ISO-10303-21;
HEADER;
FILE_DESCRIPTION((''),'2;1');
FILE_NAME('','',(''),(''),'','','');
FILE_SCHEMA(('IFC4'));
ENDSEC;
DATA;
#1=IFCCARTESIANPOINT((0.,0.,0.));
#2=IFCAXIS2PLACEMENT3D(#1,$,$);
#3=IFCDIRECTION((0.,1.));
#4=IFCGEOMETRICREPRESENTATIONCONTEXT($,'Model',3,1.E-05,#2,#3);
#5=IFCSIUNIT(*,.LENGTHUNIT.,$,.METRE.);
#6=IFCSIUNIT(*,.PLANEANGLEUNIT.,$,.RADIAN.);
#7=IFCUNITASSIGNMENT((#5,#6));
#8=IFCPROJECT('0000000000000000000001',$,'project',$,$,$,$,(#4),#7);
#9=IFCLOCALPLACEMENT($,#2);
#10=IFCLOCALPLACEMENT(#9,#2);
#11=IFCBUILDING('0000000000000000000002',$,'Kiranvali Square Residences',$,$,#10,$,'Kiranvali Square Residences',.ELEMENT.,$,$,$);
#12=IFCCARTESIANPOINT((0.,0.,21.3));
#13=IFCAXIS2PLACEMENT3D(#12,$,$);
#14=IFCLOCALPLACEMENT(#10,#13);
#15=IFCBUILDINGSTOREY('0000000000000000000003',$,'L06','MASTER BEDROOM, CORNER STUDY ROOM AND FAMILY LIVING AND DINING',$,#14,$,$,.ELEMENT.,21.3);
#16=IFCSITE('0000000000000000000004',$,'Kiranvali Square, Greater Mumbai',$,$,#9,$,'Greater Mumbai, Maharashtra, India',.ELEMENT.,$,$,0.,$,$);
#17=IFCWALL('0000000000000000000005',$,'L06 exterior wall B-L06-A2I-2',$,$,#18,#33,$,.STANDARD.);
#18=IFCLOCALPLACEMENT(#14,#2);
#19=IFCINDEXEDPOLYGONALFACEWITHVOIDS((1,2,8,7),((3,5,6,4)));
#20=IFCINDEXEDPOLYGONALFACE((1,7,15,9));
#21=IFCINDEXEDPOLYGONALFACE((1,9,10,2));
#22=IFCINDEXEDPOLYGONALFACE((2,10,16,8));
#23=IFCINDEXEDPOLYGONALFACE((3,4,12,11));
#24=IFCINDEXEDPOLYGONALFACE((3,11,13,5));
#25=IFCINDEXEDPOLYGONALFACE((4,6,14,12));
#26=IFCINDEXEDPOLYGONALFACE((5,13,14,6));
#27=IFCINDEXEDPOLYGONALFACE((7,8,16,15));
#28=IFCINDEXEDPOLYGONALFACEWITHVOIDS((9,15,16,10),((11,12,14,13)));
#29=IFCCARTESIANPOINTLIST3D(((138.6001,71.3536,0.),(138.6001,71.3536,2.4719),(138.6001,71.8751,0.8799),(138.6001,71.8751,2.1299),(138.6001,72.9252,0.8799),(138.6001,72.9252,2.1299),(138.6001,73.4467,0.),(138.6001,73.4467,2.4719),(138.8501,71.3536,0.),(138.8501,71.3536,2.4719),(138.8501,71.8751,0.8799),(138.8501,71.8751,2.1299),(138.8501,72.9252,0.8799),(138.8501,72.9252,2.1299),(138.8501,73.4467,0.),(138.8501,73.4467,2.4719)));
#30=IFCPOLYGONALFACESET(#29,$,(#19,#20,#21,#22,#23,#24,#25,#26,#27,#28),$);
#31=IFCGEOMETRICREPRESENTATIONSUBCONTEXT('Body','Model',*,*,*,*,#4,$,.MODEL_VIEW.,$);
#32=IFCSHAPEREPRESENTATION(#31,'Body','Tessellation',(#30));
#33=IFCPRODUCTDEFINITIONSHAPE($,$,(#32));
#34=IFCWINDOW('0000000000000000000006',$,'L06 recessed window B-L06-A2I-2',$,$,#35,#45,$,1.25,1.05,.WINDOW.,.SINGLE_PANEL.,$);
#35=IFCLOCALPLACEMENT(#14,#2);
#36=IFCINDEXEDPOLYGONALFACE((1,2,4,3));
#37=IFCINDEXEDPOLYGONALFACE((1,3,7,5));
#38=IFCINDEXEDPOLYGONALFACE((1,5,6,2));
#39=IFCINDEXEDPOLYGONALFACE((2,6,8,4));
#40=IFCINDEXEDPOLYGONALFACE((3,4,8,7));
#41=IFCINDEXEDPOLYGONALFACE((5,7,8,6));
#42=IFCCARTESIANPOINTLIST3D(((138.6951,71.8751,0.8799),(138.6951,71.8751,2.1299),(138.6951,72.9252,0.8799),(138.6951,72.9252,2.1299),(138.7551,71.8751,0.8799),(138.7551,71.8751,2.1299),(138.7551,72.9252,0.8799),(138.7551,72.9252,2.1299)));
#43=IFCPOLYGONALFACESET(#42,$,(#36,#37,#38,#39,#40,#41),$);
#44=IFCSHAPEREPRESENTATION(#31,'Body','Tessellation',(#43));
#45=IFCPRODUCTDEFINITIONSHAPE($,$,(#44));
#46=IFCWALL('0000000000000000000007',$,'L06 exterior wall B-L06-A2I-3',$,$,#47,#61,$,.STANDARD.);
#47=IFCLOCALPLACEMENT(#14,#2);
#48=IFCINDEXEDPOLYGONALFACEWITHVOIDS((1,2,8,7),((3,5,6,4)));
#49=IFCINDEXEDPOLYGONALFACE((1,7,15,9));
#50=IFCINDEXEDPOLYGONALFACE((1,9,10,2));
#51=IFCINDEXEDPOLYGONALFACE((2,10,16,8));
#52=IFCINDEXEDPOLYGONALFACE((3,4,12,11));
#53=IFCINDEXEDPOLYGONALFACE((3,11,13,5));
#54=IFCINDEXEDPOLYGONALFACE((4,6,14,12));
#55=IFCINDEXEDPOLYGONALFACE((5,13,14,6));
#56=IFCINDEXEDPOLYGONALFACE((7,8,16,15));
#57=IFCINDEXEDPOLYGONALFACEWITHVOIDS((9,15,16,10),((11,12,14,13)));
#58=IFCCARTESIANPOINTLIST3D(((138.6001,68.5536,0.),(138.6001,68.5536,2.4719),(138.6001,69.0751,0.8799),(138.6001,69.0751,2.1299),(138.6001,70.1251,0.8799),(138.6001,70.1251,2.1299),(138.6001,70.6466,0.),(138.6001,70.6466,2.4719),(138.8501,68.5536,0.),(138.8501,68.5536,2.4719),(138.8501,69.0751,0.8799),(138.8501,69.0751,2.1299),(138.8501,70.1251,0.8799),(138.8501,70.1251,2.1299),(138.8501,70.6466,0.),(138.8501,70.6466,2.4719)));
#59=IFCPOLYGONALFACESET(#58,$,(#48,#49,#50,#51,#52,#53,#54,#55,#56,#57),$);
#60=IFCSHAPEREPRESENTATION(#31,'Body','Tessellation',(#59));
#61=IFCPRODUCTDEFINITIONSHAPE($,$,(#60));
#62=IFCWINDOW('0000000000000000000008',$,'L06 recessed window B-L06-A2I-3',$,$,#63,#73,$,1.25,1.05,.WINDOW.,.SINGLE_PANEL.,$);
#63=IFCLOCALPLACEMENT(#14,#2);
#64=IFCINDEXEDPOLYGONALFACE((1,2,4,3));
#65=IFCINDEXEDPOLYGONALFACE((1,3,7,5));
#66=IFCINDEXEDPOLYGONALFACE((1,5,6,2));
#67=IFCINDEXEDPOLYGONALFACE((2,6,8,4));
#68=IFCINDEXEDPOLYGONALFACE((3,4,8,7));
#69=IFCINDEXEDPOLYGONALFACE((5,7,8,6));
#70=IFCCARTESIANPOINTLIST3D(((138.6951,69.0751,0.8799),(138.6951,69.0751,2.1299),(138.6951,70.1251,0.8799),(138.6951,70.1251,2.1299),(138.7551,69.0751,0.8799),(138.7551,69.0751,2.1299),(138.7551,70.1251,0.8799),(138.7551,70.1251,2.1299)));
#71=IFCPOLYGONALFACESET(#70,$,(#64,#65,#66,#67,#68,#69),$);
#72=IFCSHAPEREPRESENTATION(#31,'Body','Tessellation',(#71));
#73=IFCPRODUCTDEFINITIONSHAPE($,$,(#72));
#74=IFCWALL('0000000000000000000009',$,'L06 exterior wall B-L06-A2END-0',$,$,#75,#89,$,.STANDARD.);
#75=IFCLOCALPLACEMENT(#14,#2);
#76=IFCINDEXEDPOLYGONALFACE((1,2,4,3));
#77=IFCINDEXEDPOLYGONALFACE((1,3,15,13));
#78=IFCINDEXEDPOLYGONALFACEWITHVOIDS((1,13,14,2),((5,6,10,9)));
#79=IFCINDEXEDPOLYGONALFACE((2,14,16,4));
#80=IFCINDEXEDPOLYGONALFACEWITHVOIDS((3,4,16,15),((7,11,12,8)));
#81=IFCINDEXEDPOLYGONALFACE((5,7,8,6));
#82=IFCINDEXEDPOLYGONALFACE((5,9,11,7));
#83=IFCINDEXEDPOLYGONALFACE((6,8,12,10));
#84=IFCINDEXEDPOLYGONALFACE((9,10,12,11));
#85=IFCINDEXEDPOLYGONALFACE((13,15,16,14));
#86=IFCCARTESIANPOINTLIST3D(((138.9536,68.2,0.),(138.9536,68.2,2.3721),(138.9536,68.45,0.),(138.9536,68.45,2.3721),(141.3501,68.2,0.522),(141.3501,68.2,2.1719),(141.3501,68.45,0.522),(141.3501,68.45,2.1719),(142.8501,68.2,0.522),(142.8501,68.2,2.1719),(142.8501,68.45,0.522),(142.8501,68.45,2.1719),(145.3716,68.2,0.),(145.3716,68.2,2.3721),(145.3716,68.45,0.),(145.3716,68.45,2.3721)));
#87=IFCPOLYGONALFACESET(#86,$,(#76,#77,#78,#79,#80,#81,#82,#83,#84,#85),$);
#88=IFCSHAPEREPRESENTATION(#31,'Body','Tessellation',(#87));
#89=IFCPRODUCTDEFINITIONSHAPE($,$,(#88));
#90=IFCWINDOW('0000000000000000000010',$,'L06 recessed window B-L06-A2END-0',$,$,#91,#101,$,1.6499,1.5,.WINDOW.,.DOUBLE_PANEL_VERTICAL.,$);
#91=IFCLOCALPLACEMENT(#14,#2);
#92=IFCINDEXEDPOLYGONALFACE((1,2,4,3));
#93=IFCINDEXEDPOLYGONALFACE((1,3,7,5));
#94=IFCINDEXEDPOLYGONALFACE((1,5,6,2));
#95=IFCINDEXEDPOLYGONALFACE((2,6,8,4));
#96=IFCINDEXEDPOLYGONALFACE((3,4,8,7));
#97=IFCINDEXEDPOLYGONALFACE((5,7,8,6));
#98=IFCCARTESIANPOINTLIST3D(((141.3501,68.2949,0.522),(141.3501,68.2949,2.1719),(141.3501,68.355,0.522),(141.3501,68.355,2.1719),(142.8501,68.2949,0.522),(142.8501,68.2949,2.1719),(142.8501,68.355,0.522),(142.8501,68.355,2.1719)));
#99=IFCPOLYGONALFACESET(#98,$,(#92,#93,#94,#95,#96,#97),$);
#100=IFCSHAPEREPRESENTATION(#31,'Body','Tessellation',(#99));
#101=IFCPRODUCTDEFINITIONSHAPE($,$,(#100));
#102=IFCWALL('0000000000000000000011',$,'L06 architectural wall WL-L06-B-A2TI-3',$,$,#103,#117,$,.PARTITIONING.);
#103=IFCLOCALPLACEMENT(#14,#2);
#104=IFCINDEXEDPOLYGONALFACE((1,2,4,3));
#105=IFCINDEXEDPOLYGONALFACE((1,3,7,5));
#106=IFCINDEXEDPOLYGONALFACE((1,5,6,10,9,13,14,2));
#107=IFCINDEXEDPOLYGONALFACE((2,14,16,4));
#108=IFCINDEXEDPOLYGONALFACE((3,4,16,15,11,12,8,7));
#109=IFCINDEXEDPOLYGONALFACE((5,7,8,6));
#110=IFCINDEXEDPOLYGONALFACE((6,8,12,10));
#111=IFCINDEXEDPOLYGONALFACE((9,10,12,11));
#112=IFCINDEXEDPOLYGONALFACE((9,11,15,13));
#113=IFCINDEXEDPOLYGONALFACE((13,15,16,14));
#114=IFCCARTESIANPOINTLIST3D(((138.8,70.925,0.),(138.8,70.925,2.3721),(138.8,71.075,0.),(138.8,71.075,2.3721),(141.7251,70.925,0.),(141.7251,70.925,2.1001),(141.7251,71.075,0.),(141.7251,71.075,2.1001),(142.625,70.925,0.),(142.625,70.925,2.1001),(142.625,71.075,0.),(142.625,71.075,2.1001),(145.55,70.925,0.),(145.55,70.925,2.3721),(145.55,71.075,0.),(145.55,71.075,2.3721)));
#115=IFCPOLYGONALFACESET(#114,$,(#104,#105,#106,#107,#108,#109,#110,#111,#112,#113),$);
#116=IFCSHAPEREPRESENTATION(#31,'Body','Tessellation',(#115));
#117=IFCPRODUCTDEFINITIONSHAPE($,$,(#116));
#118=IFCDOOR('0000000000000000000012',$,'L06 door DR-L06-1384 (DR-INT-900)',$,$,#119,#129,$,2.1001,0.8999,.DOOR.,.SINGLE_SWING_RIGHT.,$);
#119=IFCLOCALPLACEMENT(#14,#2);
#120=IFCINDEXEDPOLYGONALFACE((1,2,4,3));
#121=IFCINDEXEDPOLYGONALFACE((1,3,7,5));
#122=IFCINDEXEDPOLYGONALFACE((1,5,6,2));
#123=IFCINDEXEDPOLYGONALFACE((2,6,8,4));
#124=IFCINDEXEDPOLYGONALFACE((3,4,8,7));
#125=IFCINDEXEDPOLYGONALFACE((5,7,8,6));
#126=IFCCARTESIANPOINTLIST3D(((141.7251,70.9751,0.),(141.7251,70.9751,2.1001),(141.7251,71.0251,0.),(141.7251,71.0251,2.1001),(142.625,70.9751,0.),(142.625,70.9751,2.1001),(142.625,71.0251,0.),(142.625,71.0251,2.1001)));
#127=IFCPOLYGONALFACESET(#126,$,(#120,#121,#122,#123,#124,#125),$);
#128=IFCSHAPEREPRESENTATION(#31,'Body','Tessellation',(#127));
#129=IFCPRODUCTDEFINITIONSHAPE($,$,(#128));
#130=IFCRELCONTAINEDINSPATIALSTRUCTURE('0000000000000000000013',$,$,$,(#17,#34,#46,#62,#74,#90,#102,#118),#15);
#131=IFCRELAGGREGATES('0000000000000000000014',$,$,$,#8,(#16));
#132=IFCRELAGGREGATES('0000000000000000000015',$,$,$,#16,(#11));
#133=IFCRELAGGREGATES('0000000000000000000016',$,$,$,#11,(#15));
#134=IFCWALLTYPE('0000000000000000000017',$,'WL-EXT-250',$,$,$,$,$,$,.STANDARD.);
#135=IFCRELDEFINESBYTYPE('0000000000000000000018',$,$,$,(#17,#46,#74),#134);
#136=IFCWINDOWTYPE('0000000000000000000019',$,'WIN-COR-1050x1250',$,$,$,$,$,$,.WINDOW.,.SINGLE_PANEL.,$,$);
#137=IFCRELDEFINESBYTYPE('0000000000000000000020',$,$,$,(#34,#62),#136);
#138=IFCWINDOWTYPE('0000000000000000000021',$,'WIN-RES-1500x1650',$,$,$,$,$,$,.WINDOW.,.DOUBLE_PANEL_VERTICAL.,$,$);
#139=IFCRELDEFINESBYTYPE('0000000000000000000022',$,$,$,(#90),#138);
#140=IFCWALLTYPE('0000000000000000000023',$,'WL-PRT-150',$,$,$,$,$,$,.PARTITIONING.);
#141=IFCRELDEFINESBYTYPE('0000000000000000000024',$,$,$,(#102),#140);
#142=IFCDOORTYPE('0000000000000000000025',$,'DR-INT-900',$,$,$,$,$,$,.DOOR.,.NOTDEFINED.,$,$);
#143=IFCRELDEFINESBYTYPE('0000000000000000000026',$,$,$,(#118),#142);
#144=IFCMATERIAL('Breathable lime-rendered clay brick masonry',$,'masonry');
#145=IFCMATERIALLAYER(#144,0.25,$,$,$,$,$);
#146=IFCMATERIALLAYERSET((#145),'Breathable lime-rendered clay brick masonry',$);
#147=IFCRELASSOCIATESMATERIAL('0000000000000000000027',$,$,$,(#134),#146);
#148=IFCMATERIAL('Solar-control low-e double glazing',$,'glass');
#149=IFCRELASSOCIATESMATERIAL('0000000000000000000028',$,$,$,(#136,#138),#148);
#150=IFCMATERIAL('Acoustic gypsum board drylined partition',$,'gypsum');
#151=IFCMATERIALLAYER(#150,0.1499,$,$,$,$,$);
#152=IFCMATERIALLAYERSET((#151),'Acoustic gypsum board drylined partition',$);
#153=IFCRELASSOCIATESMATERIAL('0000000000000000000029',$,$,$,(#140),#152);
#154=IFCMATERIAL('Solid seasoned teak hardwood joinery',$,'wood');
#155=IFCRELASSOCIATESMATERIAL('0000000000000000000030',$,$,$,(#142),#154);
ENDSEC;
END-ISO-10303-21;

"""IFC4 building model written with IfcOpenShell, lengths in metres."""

from ifc_helpers import new_model, si_unit, direction, frame, frame_2d, origin, place, context, subcontext, project, spatial, rectangle, extrude, material, layer, layer_set, type_object, element, fill, save


model = new_model("IFC4")

# Units and contexts
model_context = context("Model", 3, precision=1e-05, world=origin(), true_north=direction((0.0, 1.0)))
body_context = subcontext(model_context, "Body", "Model", "MODEL_VIEW")
ifc_project = project(units=[si_unit("LENGTHUNIT", "METRE"), si_unit("PLANEANGLEUNIT", "RADIAN")], contexts=[model_context])

# Site, building, storey
site_placement = place(None, origin())
site = spatial("IfcSite", under=ifc_project, at=site_placement, Name="Kiranvali Square, Greater Mumbai", LongName="Greater Mumbai, Maharashtra, India", CompositionType="ELEMENT", RefElevation=0.0)
building_placement = place(site_placement, origin())
building = spatial("IfcBuilding", under=site, at=building_placement, Name="Kiranvali Square Residences", LongName="Kiranvali Square Residences", CompositionType="ELEMENT")
storey_placement = place(building_placement, frame((0.0, 0.0, 21.3)))
storey = spatial("IfcBuildingStorey", under=building, at=storey_placement, Name="L06", Description="MASTER BEDROOM, CORNER STUDY ROOM AND FAMILY LIVING AND DINING", CompositionType="ELEMENT", Elevation=21.3)

# Walls, openings, windows
ifc_material_1 = material(Name="Breathable lime-rendered clay brick masonry", Category="masonry")
ifc_layer_1 = layer(ifc_material_1, 0.25)
ifc_layer_set_1 = layer_set([ifc_layer_1], Name="Breathable lime-rendered clay brick masonry")
wall_type_1 = type_object("IfcWallType", Name="WL-EXT-250", PredefinedType="STANDARD", material=ifc_layer_set_1)
ifc_material_2 = material(Name="Solar-control low-e double glazing", Category="glass")
window_type_1 = type_object("IfcWindowType", Name="WIN-COR-1050x1250", PartitioningType="SINGLE_PANEL", PredefinedType="WINDOW", material=ifc_material_2)
wall_1_placement = place(storey_placement, frame((138.7251, 73.4465, 0.0), z_axis=(0.0, 0.0, 1.0), x_axis=(0.0, -1.0, 0.0)))
wall_1 = element("IfcWall", 1, at=wall_1_placement, inside=storey, type_object=wall_type_1, Name="L06 exterior wall B-L06-A2I-2", PredefinedType="STANDARD", context=body_context, shape_type="SweptSolid", body=[
    extrude(rectangle(XDim=2.093, YDim=0.25, at=frame_2d((1.0464, 0.0))), origin(), (0.0, 0.0, 1.0), 2.4719),
])
opening_1_placement = place(wall_1_placement, frame((0.5215, 0.0, 0.8799)))
opening_1 = element("IfcOpeningElement", 2, at=opening_1_placement, cuts=wall_1, PredefinedType="OPENING", context=body_context, shape_type="SweptSolid", body=[
    extrude(rectangle(XDim=1.05, YDim=1.25, at=frame_2d((0.5249, 0.625))), frame((0.0, 0.135, 0.0), z_axis=(0.0, -1.0, 0.0), x_axis=(1.0, 0.0, 0.0)), (0.0, 0.0, 1.0), 0.27),
])
window_1_placement = place(opening_1_placement, origin())
window_1 = element("IfcWindow", 3, at=window_1_placement, inside=storey, type_object=window_type_1, Name="L06 recessed window B-L06-A2I-2", OverallHeight=1.25, OverallWidth=1.05, PartitioningType="SINGLE_PANEL", PredefinedType="WINDOW", context=body_context, shape_type="SweptSolid", body=[
    extrude(rectangle(XDim=1.05, YDim=1.25, at=frame_2d((0.5249, 0.625))), frame((0.0, 0.03, 0.0), z_axis=(0.0, -1.0, 0.0), x_axis=(1.0, 0.0, 0.0)), (0.0, 0.0, 1.0), 0.0601),
])
fill(opening_1, window_1)
wall_2_placement = place(storey_placement, frame((138.7251, 70.6465, 0.0), z_axis=(0.0, 0.0, 1.0), x_axis=(0.0, -1.0, 0.0)))
wall_2 = element("IfcWall", 4, at=wall_2_placement, inside=storey, type_object=wall_type_1, Name="L06 exterior wall B-L06-A2I-3", PredefinedType="STANDARD", context=body_context, shape_type="SweptSolid", body=[
    extrude(rectangle(XDim=2.093, YDim=0.25, at=frame_2d((1.0464, 0.0))), origin(), (0.0, 0.0, 1.0), 2.4719),
])
opening_2_placement = place(wall_2_placement, frame((0.5215, 0.0, 0.8799)))
opening_2 = element("IfcOpeningElement", 5, at=opening_2_placement, cuts=wall_2, PredefinedType="OPENING", context=body_context, shape_type="SweptSolid", body=[
    extrude(rectangle(XDim=1.05, YDim=1.25, at=frame_2d((0.5249, 0.625))), frame((0.0, 0.135, 0.0), z_axis=(0.0, -1.0, 0.0), x_axis=(1.0, 0.0, 0.0)), (0.0, 0.0, 1.0), 0.27),
])
window_2_placement = place(opening_2_placement, origin())
window_2 = element("IfcWindow", 6, at=window_2_placement, inside=storey, type_object=window_type_1, Name="L06 recessed window B-L06-A2I-3", OverallHeight=1.25, OverallWidth=1.05, PartitioningType="SINGLE_PANEL", PredefinedType="WINDOW", context=body_context, shape_type="SweptSolid", body=[
    extrude(rectangle(XDim=1.05, YDim=1.25, at=frame_2d((0.5249, 0.625))), frame((0.0, 0.03, 0.0), z_axis=(0.0, -1.0, 0.0), x_axis=(1.0, 0.0, 0.0)), (0.0, 0.0, 1.0), 0.0601),
])
fill(opening_2, window_2)
wall_3_placement = place(storey_placement, frame((138.9536, 68.325, 0.0), z_axis=(0.0, 0.0, 1.0), x_axis=(1.0, 0.0, 0.0)))
wall_3 = element("IfcWall", 7, at=wall_3_placement, inside=storey, type_object=wall_type_1, Name="L06 exterior wall B-L06-A2END-0", PredefinedType="STANDARD", context=body_context, shape_type="SweptSolid", body=[
    extrude(rectangle(XDim=6.418, YDim=0.25, at=frame_2d((3.209, 0.0))), origin(), (0.0, 0.0, 1.0), 2.3721),
])
opening_3_placement = place(wall_3_placement, frame((2.3965, 0.0, 0.522)))
opening_3 = element("IfcOpeningElement", 8, at=opening_3_placement, cuts=wall_3, PredefinedType="OPENING", context=body_context, shape_type="SweptSolid", body=[
    extrude(rectangle(XDim=1.5, YDim=1.6499, at=frame_2d((0.75, 0.825))), frame((0.0, 0.135, 0.0), z_axis=(0.0, -1.0, 0.0), x_axis=(1.0, 0.0, 0.0)), (0.0, 0.0, 1.0), 0.27),
])
window_type_2 = type_object("IfcWindowType", Name="WIN-RES-1500x1650", PartitioningType="DOUBLE_PANEL_VERTICAL", PredefinedType="WINDOW", material=ifc_material_2)
window_3_placement = place(opening_3_placement, origin())
window_3 = element("IfcWindow", 9, at=window_3_placement, inside=storey, type_object=window_type_2, Name="L06 recessed window B-L06-A2END-0", OverallHeight=1.6499, OverallWidth=1.5, PartitioningType="DOUBLE_PANEL_VERTICAL", PredefinedType="WINDOW", context=body_context, shape_type="SweptSolid", body=[
    extrude(rectangle(XDim=1.5, YDim=1.6499, at=frame_2d((0.75, 0.825))), frame((0.0, 0.03, 0.0), z_axis=(0.0, -1.0, 0.0), x_axis=(1.0, 0.0, 0.0)), (0.0, 0.0, 1.0), 0.0601),
])
fill(opening_3, window_3)

# Wall, opening, door
ifc_material_3 = material(Name="Acoustic gypsum board drylined partition", Category="gypsum")
ifc_layer_2 = layer(ifc_material_3, 0.1499)
ifc_layer_set_2 = layer_set([ifc_layer_2], Name="Acoustic gypsum board drylined partition")
wall_type_2 = type_object("IfcWallType", Name="WL-PRT-150", PredefinedType="PARTITIONING", material=ifc_layer_set_2)
wall_4_placement = place(storey_placement, frame((138.8, 71.0, 0.0), z_axis=(0.0, 0.0, 1.0), x_axis=(1.0, 0.0, 0.0)))
wall_4 = element("IfcWall", 10, at=wall_4_placement, inside=storey, type_object=wall_type_2, Name="L06 architectural wall WL-L06-B-A2TI-3", PredefinedType="PARTITIONING", context=body_context, shape_type="SweptSolid", body=[
    extrude(rectangle(XDim=6.75, YDim=0.1499, at=frame_2d((3.375, 0.0))), origin(), (0.0, 0.0, 1.0), 2.3721),
])
opening_4_placement = place(wall_4_placement, frame((2.925, 0.0, 0.0)))
opening_4 = element("IfcOpeningElement", 11, at=opening_4_placement, cuts=wall_4, PredefinedType="OPENING", context=body_context, shape_type="SweptSolid", body=[
    extrude(rectangle(XDim=0.8999, YDim=2.1001, at=frame_2d((0.45, 1.05))), frame((0.0, 0.085, 0.0), z_axis=(0.0, -1.0, 0.0), x_axis=(1.0, 0.0, 0.0)), (0.0, 0.0, 1.0), 0.1699),
])
ifc_material_4 = material(Name="Solid seasoned teak hardwood joinery", Category="wood")
door_type = type_object("IfcDoorType", Name="DR-INT-900", OperationType="NOTDEFINED", PredefinedType="DOOR", material=ifc_material_4)
door_placement = place(opening_4_placement, frame((0.8999, 0.0, 0.0), z_axis=(0.0, 0.0, 1.0), x_axis=(-1.0, 0.0, 0.0)))
door = element("IfcDoor", 12, at=door_placement, inside=storey, type_object=door_type, Name="L06 door DR-L06-1384 (DR-INT-900)", OperationType="SINGLE_SWING_RIGHT", OverallHeight=2.1001, OverallWidth=0.8999, PredefinedType="DOOR", context=body_context, shape_type="SweptSolid", body=[
    extrude(rectangle(XDim=0.8999, YDim=2.1001, at=frame_2d((0.45, 1.05))), frame((0.0, 0.0249, 0.0), z_axis=(0.0, -1.0, 0.0), x_axis=(1.0, 0.0, 0.0)), (0.0, 0.0, 1.0), 0.05),
])
fill(opening_4, door)

save(model, "model.ifc")
